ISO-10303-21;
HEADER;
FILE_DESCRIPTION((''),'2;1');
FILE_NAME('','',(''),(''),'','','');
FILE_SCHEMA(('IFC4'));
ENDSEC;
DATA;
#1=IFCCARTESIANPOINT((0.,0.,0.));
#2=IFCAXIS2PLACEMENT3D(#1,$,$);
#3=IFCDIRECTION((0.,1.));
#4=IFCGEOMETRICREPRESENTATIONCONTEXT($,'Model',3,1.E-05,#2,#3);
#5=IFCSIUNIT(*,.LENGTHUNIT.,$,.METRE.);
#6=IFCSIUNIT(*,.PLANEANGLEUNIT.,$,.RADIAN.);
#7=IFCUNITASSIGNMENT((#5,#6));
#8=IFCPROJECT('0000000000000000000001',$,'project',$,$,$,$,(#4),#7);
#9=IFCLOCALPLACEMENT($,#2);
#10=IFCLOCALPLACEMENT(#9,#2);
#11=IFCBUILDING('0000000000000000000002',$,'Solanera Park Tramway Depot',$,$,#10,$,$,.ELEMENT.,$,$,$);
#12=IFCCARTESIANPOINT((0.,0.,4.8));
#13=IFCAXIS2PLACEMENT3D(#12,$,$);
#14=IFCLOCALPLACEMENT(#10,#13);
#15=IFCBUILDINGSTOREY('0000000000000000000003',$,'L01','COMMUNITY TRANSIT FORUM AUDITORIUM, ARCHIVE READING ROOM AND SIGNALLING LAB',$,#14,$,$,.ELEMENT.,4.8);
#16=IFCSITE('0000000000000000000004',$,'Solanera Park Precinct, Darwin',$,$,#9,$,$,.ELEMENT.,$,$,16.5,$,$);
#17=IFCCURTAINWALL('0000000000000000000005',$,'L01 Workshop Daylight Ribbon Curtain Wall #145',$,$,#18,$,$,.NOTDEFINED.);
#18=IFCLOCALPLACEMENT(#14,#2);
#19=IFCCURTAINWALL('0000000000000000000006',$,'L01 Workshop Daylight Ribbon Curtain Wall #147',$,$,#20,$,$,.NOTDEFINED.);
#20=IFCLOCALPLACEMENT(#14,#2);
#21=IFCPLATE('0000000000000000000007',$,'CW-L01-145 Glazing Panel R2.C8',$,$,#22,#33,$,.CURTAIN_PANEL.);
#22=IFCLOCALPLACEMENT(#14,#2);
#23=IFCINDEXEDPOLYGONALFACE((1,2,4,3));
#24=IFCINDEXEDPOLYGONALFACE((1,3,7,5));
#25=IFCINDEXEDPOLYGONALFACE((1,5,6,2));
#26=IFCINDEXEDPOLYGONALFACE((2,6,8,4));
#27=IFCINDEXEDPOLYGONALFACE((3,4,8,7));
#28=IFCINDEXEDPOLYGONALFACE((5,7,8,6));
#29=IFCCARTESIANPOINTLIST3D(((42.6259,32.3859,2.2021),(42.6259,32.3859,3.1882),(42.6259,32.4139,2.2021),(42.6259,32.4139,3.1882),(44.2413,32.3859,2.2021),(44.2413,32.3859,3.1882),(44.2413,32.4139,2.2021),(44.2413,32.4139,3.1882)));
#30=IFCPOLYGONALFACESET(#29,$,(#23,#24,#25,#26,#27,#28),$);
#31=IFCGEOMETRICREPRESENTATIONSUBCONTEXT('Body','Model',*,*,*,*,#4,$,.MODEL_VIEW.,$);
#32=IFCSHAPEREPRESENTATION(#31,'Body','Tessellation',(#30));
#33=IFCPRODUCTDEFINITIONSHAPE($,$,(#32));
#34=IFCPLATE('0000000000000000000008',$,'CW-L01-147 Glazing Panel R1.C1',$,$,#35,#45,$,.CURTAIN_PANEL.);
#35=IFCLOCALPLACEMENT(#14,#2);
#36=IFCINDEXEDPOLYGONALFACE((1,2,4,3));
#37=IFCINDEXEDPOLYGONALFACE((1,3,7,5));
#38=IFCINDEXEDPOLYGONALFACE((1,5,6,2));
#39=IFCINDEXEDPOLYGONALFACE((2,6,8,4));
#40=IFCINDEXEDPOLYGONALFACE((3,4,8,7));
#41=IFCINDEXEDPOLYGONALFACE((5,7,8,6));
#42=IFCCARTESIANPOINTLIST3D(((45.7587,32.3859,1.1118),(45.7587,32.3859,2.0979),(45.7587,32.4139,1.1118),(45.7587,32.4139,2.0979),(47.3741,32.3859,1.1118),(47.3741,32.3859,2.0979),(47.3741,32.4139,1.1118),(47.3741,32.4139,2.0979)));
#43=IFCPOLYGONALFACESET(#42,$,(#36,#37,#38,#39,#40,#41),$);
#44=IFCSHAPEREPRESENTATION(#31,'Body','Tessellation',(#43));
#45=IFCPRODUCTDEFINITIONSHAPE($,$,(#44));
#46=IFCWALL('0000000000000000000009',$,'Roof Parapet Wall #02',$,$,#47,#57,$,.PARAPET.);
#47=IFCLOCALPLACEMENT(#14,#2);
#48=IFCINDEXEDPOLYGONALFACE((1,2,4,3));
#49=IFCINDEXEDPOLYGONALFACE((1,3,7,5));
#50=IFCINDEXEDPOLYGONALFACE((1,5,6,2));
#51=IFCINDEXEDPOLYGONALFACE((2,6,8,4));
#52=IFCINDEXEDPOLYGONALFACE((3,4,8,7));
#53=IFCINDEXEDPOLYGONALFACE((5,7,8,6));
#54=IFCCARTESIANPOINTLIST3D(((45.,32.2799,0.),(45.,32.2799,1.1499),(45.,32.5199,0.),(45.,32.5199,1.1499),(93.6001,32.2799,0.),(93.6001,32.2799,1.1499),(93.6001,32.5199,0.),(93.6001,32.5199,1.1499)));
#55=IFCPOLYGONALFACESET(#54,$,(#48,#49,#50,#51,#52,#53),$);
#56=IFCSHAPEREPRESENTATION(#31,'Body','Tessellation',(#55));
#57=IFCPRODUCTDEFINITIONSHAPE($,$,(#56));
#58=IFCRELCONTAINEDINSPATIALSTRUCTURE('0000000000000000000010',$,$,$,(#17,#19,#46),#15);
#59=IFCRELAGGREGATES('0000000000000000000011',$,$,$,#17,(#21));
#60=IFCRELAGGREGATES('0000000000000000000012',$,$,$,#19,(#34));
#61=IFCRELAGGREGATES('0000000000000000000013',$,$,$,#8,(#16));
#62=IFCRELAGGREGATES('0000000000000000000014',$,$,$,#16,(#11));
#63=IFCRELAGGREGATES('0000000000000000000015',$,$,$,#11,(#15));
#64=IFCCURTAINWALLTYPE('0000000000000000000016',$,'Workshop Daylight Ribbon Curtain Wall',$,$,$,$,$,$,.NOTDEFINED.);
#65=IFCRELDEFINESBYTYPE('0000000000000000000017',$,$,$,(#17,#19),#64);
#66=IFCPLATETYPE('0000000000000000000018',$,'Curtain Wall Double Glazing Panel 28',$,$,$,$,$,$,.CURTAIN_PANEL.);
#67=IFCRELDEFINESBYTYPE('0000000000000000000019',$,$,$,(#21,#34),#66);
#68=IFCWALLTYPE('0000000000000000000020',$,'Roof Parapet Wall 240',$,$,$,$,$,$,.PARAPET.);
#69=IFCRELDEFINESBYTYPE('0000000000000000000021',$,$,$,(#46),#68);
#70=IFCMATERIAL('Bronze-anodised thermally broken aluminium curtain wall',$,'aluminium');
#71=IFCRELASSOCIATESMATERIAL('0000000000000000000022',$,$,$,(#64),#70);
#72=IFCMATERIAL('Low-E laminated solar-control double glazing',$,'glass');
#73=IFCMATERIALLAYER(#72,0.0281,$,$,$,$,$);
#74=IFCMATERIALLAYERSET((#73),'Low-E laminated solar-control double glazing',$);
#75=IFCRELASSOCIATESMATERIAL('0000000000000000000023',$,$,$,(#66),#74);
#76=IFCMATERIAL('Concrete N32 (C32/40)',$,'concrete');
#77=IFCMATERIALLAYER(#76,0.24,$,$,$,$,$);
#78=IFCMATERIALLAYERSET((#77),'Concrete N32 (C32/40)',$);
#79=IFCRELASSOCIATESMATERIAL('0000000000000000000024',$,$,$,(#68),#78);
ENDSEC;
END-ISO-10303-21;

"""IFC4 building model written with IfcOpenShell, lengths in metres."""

from ifc_helpers import new_model, si_unit, direction, frame, frame_2d, origin, origin_2d, place, context, subcontext, project, spatial, rectangle, extrude, material, layer, layer_set, type_object, element, aggregate, save


model = new_model("IFC4")

# Units and contexts
model_context = context("Model", 3, precision=1e-05, world=origin(), true_north=direction((0.0, 1.0)))
body_context = subcontext(model_context, "Body", "Model", "MODEL_VIEW")
ifc_project = project(units=[si_unit("LENGTHUNIT", "METRE"), si_unit("PLANEANGLEUNIT", "RADIAN")], contexts=[model_context])

# Site, building, storey
site_placement = place(None, origin())
site = spatial("IfcSite", under=ifc_project, at=site_placement, Name="Solanera Park Precinct, Darwin", CompositionType="ELEMENT", RefElevation=16.5)
building_placement = place(site_placement, origin())
building = spatial("IfcBuilding", under=site, at=building_placement, Name="Solanera Park Tramway Depot", CompositionType="ELEMENT")
storey_placement = place(building_placement, frame((0.0, 0.0, 4.8)))
storey = spatial("IfcBuildingStorey", under=building, at=storey_placement, Name="L01", Description="COMMUNITY TRANSIT FORUM AUDITORIUM, ARCHIVE READING ROOM AND SIGNALLING LAB", CompositionType="ELEMENT", Elevation=4.8)

# Curtain wall
ifc_material_1 = material(Name="Bronze-anodised thermally broken aluminium curtain wall", Category="aluminium")
curtain_wall_type = type_object("IfcCurtainWallType", Name="Workshop Daylight Ribbon Curtain Wall", PredefinedType="NOTDEFINED", material=ifc_material_1)
curtain_wall_1_placement = place(storey_placement, origin())
curtain_wall_1 = element("IfcCurtainWall", 1, at=curtain_wall_1_placement, inside=storey, type_object=curtain_wall_type, Name="L01 Workshop Daylight Ribbon Curtain Wall #145", PredefinedType="NOTDEFINED")

# Curtain wall
curtain_wall_2_placement = place(storey_placement, origin())
curtain_wall_2 = element("IfcCurtainWall", 2, at=curtain_wall_2_placement, inside=storey, type_object=curtain_wall_type, Name="L01 Workshop Daylight Ribbon Curtain Wall #147", PredefinedType="NOTDEFINED")

# Plates
ifc_material_2 = material(Name="Low-E laminated solar-control double glazing", Category="glass")
ifc_layer_1 = layer(ifc_material_2, 0.0281)
ifc_layer_set_1 = layer_set([ifc_layer_1], Name="Low-E laminated solar-control double glazing")
plate_type = type_object("IfcPlateType", Name="Curtain Wall Double Glazing Panel 28", PredefinedType="CURTAIN_PANEL", material=ifc_layer_set_1)
plate_1_placement = place(storey_placement, frame((43.4336, 32.3999, 2.2021), z_axis=(0.0, 0.0, 1.0), x_axis=(1.0, 0.0, 0.0)))
plate_1 = element("IfcPlate", 3, at=plate_1_placement, type_object=plate_type, Name="CW-L01-145 Glazing Panel R2.C8", PredefinedType="CURTAIN_PANEL", context=body_context, shape_type="SweptSolid", body=[
    extrude(rectangle(XDim=1.6155, YDim=0.0281, at=origin_2d()), origin(), (0.0, 0.0, 1.0), 0.9861),
])
aggregate(curtain_wall_1, [plate_1])
plate_2_placement = place(storey_placement, frame((46.5664, 32.3999, 1.1118), z_axis=(0.0, 0.0, 1.0), x_axis=(1.0, 0.0, 0.0)))
plate_2 = element("IfcPlate", 4, at=plate_2_placement, type_object=plate_type, Name="CW-L01-147 Glazing Panel R1.C1", PredefinedType="CURTAIN_PANEL", context=body_context, shape_type="SweptSolid", body=[
    extrude(rectangle(XDim=1.6155, YDim=0.0281, at=origin_2d()), origin(), (0.0, 0.0, 1.0), 0.9861),
])
aggregate(curtain_wall_2, [plate_2])

# Wall
ifc_material_3 = material(Name="Concrete N32 (C32/40)", Category="concrete")
ifc_layer_2 = layer(ifc_material_3, 0.24)
ifc_layer_set_2 = layer_set([ifc_layer_2], Name="Concrete N32 (C32/40)")
wall_type = type_object("IfcWallType", Name="Roof Parapet Wall 240", PredefinedType="PARAPET", material=ifc_layer_set_2)
wall_placement = place(storey_placement, frame((45.0, 32.3999, 0.0), z_axis=(0.0, 0.0, 1.0), x_axis=(1.0, 0.0, 0.0)))
element("IfcWall", 5, at=wall_placement, inside=storey, type_object=wall_type, Name="Roof Parapet Wall #02", PredefinedType="PARAPET", context=body_context, shape_type="SweptSolid", body=[
    extrude(rectangle(XDim=48.6001, YDim=0.24, at=frame_2d((24.3, 0.0))), origin(), (0.0, 0.0, 1.0), 1.1499),
])

save(model, "model.ifc")
